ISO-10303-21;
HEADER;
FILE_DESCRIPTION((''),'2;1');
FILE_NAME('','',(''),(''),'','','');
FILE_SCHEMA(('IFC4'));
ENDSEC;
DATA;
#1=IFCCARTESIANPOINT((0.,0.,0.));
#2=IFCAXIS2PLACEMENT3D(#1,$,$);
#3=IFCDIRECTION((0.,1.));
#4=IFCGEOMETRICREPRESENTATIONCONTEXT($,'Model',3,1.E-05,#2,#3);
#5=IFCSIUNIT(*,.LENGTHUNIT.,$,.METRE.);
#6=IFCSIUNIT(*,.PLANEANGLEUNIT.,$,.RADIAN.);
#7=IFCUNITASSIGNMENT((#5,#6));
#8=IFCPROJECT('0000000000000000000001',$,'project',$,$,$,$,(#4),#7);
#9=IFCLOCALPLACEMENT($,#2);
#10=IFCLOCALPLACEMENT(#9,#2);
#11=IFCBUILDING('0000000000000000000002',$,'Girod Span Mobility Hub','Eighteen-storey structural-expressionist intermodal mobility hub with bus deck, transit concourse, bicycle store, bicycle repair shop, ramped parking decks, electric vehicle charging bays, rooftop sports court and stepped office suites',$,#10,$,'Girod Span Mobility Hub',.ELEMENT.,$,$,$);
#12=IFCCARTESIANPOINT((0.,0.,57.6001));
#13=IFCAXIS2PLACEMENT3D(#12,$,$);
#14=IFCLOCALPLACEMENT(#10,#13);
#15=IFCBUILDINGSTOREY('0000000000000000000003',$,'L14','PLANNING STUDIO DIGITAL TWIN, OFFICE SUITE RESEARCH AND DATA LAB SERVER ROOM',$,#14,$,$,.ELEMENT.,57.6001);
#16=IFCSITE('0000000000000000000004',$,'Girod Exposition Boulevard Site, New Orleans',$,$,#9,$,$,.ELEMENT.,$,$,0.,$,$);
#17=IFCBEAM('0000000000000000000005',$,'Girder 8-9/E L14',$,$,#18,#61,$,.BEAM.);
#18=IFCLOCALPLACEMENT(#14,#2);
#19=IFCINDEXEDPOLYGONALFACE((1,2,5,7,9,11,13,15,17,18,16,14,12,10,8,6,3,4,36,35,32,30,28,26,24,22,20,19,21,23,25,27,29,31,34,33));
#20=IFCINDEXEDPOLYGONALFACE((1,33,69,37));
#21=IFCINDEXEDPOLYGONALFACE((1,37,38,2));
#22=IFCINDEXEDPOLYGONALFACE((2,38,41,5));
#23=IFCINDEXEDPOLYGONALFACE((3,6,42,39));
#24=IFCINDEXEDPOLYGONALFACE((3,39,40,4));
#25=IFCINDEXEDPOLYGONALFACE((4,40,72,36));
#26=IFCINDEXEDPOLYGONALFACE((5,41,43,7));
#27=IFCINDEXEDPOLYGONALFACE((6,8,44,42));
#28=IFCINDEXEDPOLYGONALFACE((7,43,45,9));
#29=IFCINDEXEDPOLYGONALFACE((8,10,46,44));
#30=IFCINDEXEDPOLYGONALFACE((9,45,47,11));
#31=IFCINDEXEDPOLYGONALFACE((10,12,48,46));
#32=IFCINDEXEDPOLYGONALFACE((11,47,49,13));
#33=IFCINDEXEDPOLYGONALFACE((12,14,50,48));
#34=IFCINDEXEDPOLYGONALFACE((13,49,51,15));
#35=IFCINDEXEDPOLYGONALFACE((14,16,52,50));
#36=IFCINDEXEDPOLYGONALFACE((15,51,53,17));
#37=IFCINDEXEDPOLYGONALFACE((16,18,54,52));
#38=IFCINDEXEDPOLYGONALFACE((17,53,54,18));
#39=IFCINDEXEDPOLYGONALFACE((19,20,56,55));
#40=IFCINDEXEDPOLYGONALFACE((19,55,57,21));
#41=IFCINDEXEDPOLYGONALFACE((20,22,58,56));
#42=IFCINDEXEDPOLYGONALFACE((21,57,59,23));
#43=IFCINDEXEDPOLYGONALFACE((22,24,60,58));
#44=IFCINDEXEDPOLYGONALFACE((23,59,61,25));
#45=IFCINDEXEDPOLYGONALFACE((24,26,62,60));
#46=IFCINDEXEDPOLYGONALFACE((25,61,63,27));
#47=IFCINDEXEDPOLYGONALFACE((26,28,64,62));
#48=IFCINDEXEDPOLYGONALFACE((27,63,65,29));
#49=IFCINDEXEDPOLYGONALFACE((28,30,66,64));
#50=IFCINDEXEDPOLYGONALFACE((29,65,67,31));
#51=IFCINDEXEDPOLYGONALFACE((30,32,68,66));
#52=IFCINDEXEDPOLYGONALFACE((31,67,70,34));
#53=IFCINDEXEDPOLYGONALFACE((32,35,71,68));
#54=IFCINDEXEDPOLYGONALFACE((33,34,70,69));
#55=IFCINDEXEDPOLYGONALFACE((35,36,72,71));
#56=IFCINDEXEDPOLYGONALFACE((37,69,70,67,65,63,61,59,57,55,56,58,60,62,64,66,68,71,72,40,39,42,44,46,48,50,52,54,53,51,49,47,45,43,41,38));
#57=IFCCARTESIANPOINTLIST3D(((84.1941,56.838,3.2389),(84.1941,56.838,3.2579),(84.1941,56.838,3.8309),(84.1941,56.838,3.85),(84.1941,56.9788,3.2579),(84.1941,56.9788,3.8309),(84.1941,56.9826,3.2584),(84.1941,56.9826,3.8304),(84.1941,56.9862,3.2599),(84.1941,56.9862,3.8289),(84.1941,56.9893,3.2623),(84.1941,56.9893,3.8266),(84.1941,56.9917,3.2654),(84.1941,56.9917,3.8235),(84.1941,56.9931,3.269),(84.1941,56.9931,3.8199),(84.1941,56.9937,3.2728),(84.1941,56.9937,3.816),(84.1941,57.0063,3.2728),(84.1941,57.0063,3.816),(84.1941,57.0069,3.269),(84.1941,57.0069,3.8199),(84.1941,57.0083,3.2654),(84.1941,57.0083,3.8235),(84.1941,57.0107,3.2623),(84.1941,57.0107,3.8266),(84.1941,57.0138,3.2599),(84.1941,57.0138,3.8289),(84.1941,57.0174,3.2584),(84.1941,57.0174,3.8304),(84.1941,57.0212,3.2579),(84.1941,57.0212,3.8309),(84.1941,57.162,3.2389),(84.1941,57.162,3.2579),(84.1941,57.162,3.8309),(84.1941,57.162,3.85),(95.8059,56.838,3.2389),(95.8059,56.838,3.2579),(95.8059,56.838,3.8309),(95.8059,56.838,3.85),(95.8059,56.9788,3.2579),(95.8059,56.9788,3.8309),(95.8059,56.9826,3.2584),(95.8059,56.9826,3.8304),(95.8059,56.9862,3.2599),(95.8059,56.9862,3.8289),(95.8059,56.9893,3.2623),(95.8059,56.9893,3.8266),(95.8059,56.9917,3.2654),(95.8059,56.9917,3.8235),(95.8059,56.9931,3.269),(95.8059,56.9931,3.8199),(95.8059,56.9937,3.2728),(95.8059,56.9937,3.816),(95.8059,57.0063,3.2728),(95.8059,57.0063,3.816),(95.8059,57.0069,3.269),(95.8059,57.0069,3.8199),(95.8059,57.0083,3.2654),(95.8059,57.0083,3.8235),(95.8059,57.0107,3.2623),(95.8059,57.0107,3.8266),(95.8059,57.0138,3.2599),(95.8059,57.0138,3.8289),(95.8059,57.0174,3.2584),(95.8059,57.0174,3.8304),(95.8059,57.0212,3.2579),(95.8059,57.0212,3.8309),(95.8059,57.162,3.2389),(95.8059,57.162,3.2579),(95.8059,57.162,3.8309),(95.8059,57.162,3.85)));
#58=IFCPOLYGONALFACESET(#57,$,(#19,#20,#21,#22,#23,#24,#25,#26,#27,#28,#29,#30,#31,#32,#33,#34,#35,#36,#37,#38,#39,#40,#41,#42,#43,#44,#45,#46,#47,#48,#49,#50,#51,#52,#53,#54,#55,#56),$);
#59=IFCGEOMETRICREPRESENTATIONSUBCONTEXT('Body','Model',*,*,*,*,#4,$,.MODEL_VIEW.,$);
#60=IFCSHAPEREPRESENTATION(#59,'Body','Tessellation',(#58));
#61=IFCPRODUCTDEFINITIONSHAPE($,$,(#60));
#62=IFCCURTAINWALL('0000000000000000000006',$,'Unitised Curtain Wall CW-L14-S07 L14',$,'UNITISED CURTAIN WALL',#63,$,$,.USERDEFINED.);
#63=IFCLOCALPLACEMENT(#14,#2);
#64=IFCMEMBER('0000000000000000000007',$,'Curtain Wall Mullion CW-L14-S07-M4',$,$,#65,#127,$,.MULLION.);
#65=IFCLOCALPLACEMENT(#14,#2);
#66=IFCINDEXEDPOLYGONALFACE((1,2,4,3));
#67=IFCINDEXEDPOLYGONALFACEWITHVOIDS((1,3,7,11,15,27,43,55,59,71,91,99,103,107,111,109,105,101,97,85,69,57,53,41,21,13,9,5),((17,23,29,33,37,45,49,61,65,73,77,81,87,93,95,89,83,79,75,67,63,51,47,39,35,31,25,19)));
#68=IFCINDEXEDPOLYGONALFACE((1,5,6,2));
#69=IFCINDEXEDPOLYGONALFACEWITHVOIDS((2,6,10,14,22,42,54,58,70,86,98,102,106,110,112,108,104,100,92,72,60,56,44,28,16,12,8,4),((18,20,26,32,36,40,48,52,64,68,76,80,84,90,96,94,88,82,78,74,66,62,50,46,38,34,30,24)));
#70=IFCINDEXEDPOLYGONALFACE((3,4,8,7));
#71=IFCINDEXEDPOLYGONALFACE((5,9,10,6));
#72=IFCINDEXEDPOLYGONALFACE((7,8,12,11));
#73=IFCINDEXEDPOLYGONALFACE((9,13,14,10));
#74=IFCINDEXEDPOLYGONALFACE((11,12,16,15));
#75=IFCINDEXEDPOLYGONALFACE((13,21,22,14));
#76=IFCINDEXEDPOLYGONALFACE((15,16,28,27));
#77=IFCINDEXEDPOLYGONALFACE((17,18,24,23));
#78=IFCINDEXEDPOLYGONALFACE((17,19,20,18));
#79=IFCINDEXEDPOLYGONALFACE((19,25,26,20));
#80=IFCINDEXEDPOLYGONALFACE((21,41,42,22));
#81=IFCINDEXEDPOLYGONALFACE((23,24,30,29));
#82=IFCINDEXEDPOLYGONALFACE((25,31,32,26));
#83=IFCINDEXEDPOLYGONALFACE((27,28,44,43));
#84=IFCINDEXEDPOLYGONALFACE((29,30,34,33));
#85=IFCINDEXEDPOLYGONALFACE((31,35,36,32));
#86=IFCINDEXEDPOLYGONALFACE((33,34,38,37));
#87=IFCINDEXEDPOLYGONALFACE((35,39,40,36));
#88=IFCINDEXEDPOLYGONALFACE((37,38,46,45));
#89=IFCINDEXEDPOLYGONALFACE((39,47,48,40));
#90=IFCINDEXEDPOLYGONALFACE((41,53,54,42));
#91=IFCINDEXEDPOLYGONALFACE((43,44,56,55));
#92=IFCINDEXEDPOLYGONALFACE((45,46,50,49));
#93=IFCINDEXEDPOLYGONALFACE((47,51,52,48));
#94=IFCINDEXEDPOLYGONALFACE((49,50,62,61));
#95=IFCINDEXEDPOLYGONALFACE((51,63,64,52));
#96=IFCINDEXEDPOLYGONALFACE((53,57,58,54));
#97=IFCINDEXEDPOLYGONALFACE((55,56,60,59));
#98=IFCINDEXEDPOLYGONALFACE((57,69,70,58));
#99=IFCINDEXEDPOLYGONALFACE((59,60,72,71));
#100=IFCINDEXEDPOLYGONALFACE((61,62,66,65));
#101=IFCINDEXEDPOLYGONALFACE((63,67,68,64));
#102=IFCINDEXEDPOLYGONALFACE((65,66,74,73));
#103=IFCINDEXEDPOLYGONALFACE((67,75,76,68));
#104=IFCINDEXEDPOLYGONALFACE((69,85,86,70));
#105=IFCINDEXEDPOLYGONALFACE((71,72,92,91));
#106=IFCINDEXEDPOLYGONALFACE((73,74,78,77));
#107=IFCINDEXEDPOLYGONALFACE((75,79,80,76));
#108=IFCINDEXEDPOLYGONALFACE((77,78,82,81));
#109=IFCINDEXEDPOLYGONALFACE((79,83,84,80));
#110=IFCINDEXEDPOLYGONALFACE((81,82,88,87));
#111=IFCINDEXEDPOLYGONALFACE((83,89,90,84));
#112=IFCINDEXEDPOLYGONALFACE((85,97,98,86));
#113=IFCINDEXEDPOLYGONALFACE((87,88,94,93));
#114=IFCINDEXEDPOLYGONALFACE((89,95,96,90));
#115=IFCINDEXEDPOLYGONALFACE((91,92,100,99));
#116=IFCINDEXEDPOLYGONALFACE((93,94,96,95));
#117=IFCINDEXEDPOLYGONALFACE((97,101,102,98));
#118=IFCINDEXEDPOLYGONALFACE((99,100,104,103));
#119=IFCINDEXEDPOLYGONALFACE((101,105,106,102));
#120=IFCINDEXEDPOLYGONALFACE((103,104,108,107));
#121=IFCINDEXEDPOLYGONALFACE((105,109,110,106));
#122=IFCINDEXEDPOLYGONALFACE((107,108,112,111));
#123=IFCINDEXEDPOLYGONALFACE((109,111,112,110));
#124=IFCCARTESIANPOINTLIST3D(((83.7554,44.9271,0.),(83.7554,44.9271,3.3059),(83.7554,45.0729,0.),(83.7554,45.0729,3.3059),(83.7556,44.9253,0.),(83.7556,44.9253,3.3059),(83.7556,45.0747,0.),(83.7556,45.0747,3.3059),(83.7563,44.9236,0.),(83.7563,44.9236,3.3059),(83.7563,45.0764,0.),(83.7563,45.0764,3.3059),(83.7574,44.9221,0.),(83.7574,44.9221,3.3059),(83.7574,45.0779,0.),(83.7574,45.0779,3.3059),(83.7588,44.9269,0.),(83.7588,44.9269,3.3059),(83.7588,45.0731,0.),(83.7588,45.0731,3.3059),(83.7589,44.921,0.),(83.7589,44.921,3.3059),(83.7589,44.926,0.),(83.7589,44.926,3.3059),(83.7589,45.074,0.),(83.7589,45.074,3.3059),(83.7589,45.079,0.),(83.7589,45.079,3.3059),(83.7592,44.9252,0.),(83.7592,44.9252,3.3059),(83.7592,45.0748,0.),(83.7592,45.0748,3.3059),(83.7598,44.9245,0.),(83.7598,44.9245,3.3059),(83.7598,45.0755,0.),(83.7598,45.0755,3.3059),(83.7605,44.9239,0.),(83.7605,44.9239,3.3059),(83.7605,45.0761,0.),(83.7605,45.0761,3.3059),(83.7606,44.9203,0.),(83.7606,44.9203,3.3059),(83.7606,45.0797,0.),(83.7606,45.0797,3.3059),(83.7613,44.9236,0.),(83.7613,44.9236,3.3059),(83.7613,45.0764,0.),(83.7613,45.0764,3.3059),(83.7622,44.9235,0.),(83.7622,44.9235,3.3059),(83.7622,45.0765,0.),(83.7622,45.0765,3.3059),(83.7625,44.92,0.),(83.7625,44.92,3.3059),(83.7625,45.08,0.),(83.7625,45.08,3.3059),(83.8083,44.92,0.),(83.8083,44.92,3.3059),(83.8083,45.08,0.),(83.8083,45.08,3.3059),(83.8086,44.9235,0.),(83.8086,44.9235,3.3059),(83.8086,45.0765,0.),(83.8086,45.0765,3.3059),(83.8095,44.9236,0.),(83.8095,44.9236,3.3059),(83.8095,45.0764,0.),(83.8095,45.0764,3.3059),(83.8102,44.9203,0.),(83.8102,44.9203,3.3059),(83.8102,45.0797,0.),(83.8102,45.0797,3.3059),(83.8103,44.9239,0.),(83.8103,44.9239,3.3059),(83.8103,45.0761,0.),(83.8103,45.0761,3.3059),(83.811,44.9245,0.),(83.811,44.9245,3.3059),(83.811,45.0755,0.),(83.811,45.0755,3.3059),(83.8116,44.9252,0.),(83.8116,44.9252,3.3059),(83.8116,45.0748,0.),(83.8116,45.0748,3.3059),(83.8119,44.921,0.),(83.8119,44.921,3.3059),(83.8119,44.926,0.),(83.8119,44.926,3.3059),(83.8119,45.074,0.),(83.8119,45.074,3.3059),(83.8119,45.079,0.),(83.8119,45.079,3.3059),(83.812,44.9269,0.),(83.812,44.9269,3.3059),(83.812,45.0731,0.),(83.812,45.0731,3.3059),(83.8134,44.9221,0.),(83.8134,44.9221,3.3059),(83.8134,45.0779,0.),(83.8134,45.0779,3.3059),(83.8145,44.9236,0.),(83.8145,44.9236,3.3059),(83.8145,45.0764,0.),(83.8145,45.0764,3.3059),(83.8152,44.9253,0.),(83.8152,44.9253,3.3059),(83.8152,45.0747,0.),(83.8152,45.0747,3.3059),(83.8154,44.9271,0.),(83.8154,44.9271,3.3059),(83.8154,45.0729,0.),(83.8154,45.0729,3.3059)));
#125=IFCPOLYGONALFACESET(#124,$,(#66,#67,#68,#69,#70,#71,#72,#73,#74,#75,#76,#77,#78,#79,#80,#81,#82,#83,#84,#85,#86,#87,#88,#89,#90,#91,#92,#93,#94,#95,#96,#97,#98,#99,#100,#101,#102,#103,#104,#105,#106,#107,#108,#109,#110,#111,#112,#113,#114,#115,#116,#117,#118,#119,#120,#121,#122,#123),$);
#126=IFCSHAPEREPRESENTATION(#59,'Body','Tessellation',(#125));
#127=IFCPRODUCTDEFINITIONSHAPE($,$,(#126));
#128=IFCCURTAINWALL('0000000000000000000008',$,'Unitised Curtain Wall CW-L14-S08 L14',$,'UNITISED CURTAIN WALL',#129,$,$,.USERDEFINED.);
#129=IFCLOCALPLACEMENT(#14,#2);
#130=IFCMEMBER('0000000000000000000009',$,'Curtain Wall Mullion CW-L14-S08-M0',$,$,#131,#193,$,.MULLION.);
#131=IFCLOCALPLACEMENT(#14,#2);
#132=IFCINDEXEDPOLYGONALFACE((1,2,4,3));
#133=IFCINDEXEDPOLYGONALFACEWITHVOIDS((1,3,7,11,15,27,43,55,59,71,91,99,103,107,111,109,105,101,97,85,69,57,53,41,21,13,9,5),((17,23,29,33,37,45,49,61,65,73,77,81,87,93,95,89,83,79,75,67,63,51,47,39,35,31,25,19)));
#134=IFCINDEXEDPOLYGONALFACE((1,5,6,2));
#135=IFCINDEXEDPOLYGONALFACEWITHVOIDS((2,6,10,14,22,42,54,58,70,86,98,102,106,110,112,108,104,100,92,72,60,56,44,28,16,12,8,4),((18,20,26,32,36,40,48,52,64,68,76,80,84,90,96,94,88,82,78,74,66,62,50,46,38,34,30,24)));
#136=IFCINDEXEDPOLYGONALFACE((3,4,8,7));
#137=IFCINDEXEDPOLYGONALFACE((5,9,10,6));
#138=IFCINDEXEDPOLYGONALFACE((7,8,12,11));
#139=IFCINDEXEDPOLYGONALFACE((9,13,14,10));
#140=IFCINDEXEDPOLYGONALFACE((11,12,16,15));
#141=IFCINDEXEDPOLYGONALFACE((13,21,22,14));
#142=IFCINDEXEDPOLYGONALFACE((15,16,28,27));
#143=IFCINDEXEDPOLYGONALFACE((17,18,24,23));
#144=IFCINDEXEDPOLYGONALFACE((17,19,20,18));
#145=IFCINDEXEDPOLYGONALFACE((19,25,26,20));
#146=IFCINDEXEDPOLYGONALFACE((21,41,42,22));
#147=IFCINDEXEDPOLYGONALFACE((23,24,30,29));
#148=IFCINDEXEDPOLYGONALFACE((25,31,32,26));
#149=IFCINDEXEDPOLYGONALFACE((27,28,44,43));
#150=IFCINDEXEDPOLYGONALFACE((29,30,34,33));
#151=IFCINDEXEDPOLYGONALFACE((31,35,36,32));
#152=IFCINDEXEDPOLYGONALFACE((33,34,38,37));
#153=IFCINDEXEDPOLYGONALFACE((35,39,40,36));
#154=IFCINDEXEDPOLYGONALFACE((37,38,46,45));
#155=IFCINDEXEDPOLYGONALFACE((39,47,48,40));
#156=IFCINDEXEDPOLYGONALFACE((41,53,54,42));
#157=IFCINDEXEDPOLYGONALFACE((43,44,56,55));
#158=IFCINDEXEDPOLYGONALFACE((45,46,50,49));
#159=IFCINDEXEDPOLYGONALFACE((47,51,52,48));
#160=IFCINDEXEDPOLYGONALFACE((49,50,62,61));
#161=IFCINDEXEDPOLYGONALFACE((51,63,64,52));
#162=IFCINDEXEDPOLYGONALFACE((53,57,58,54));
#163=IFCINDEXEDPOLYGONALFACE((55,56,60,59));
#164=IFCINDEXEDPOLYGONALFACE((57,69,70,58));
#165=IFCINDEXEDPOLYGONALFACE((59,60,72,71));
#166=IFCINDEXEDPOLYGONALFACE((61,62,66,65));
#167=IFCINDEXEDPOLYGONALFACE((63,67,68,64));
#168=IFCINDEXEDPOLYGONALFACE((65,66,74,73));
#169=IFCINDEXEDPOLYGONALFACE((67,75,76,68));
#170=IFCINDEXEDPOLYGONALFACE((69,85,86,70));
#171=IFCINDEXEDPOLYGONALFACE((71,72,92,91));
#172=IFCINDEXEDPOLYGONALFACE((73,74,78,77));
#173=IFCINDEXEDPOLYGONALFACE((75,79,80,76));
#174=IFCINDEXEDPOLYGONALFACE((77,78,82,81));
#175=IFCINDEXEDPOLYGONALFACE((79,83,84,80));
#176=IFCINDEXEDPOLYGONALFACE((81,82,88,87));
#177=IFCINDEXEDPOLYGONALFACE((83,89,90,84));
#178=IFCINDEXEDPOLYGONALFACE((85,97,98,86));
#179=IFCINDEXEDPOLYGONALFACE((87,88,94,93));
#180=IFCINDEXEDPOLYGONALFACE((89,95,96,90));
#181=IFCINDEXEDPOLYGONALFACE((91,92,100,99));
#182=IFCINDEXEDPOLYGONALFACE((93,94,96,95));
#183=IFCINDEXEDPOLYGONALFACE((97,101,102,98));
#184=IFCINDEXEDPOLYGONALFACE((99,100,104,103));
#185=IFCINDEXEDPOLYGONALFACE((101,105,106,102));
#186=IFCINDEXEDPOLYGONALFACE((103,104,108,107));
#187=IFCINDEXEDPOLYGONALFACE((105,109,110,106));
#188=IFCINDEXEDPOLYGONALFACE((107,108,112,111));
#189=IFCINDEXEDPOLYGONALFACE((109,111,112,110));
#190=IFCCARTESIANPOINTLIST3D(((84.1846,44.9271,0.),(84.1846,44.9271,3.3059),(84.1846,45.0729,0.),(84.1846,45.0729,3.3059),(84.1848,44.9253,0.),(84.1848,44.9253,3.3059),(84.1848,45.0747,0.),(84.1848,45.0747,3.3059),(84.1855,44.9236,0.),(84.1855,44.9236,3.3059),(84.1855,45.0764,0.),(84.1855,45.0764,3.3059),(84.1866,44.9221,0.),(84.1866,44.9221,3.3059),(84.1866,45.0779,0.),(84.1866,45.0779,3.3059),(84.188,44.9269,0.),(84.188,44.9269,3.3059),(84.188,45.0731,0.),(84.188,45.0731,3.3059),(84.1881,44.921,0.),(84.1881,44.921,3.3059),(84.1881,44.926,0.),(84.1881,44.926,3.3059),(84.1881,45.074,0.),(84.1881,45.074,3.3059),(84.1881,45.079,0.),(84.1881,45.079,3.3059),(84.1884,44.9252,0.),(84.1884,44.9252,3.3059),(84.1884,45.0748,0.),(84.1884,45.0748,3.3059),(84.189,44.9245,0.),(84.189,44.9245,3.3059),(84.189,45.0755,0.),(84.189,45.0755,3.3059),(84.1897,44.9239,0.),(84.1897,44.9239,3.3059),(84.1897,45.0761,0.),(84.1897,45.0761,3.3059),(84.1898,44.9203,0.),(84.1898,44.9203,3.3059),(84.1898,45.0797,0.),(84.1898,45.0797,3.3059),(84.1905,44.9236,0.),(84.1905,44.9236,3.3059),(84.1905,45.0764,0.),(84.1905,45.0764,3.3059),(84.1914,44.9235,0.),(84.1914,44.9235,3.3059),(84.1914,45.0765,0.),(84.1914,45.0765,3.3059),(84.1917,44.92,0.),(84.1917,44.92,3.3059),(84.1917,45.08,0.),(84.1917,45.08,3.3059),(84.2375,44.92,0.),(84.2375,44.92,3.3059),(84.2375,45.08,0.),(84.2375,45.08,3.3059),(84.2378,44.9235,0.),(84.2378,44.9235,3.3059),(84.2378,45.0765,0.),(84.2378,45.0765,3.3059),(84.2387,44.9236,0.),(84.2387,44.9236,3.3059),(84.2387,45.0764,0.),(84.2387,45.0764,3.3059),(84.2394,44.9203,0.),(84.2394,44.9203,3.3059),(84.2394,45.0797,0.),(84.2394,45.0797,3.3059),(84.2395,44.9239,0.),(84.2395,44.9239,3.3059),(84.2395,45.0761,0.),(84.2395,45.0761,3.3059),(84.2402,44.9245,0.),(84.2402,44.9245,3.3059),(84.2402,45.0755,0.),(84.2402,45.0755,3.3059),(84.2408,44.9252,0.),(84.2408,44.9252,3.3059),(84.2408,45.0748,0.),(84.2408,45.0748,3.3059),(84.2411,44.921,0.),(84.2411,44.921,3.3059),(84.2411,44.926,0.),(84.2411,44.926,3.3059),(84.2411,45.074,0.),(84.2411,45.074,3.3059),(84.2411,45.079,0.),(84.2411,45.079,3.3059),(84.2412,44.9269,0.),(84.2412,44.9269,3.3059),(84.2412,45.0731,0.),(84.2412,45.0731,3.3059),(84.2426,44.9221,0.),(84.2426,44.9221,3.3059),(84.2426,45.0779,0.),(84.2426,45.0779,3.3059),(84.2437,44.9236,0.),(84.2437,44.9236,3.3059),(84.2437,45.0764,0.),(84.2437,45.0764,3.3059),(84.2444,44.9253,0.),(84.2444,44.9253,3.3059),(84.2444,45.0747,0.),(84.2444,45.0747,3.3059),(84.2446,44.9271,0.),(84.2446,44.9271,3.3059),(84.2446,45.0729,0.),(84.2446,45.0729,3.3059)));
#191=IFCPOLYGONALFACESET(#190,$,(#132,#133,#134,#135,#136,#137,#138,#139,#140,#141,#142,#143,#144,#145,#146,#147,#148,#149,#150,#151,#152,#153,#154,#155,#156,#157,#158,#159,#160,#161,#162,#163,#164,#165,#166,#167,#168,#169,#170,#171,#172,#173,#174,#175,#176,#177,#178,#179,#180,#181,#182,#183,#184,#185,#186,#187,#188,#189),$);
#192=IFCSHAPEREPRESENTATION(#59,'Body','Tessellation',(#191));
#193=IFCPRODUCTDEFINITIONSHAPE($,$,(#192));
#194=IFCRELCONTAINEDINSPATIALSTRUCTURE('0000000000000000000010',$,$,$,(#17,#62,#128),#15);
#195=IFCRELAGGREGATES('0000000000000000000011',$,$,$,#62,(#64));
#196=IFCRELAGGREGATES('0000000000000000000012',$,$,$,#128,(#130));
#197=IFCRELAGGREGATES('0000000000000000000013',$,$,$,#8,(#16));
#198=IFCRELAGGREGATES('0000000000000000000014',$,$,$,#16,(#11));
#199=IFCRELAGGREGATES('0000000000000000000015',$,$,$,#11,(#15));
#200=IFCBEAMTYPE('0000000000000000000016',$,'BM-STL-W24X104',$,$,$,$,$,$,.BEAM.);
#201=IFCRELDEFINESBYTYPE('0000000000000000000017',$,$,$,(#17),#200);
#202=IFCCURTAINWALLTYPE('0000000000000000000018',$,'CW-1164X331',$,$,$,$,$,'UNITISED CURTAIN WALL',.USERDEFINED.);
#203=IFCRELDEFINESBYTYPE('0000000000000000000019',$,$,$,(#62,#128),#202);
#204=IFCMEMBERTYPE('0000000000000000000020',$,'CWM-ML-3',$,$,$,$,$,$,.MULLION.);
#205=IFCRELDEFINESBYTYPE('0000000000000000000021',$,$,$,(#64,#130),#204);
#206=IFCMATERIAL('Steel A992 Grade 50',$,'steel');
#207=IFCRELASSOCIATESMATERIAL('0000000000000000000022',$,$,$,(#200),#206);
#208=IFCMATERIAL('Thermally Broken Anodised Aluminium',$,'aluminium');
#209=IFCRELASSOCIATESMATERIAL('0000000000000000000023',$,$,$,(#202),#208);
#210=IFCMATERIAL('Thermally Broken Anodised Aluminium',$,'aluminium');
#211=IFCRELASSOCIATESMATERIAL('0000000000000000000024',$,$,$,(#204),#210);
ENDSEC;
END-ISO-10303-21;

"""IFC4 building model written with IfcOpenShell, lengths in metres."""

from ifc_helpers import new_model, si_unit, direction, frame, origin, origin_2d, place, context, subcontext, project, spatial, hollow_rectangle, i_section, extrude, material, material_profile, profile_set, type_object, element, aggregate, save


model = new_model("IFC4")

# Units and contexts
model_context = context("Model", 3, precision=1e-05, world=origin(), true_north=direction((0.0, 1.0)))
body_context = subcontext(model_context, "Body", "Model", "MODEL_VIEW")
ifc_project = project(units=[si_unit("LENGTHUNIT", "METRE"), si_unit("PLANEANGLEUNIT", "RADIAN")], contexts=[model_context])

# Site, building, storey
site_placement = place(None, origin())
site = spatial("IfcSite", under=ifc_project, at=site_placement, Name="Girod Exposition Boulevard Site, New Orleans", CompositionType="ELEMENT", RefElevation=0.0)
building_placement = place(site_placement, origin())
building = spatial("IfcBuilding", under=site, at=building_placement, Name="Girod Span Mobility Hub", Description="Eighteen-storey structural-expressionist intermodal mobility hub with bus deck, transit concourse, bicycle store, bicycle repair shop, ramped parking decks, electric vehicle charging bays, rooftop sports court and stepped office suites", LongName="Girod Span Mobility Hub", CompositionType="ELEMENT")
storey_placement = place(building_placement, frame((0.0, 0.0, 57.6001)))
storey = spatial("IfcBuildingStorey", under=building, at=storey_placement, Name="L14", Description="PLANNING STUDIO DIGITAL TWIN, OFFICE SUITE RESEARCH AND DATA LAB SERVER ROOM", CompositionType="ELEMENT", Elevation=57.6001)

# Beam
ifc_material_1 = material(Name="Steel A992 Grade 50", Category="steel")
ifc_material_profile_1 = material_profile(ifc_material_1, i_section(OverallWidth=0.324, OverallDepth=0.6111, WebThickness=0.0127, FlangeThickness=0.019, FilletRadius=0.0149, at=origin_2d()), Name="W24X104")
ifc_profile_set_1 = profile_set([ifc_material_profile_1], Name="Steel A992 Grade 50")
beam_type_1 = type_object("IfcBeamType", Name="BM-STL-W24X104", PredefinedType="BEAM", material=ifc_profile_set_1)
beam_1_placement = place(storey_placement, frame((84.1941, 57.0, 3.5444), z_axis=(1.0, 0.0, 0.0), x_axis=(0.0, 1.0, 0.0)))
element("IfcBeam", 1, at=beam_1_placement, inside=storey, type_object=beam_type_1, Name="Girder 8-9/E L14", PredefinedType="BEAM", context=body_context, shape_type="SweptSolid", body=[
    extrude(i_section(OverallWidth=0.324, OverallDepth=0.6111, WebThickness=0.0127, FlangeThickness=0.019, FilletRadius=0.0149, at=origin_2d()), origin(), (0.0, 0.0, 1.0), 11.6118),
])

# Curtain wall, member
ifc_material_2 = material(Name="Thermally Broken Anodised Aluminium", Category="aluminium")
curtain_wall_type = type_object("IfcCurtainWallType", Name="CW-1164X331", ElementType="UNITISED CURTAIN WALL", PredefinedType="USERDEFINED", material=ifc_material_2)
curtain_wall_1_placement = place(storey_placement, origin())
curtain_wall_1 = element("IfcCurtainWall", 2, at=curtain_wall_1_placement, inside=storey, type_object=curtain_wall_type, Name="Unitised Curtain Wall CW-L14-S07 L14", ObjectType="UNITISED CURTAIN WALL", PredefinedType="USERDEFINED")
ifc_material_3 = material(Name="Thermally Broken Anodised Aluminium", Category="aluminium")
ifc_material_profile_2 = material_profile(ifc_material_3, hollow_rectangle(XDim=0.1599, YDim=0.0601, WallThickness=0.0034, InnerFilletRadius=0.0034, OuterFilletRadius=0.0071, at=origin_2d()), Name="CW-ML-60X160")
ifc_profile_set_2 = profile_set([ifc_material_profile_2], Name="Thermally Broken Anodised Aluminium")
member_type_1 = type_object("IfcMemberType", Name="CWM-ML-3", PredefinedType="MULLION", material=ifc_profile_set_2)
member_1_placement = place(storey_placement, frame((83.7854, 45.0, 0.0), z_axis=(0.0, 0.0, 1.0), x_axis=(0.0, 1.0, 0.0)))
member_1 = element("IfcMember", 3, at=member_1_placement, type_object=member_type_1, Name="Curtain Wall Mullion CW-L14-S07-M4", PredefinedType="MULLION", context=body_context, shape_type="SweptSolid", body=[
    extrude(hollow_rectangle(XDim=0.1599, YDim=0.0601, WallThickness=0.0034, InnerFilletRadius=0.0034, OuterFilletRadius=0.0071, at=origin_2d()), origin(), (0.0, 0.0, 1.0), 3.3059),
])

# Curtain wall, member
curtain_wall_2_placement = place(storey_placement, origin())
curtain_wall_2 = element("IfcCurtainWall", 4, at=curtain_wall_2_placement, inside=storey, type_object=curtain_wall_type, Name="Unitised Curtain Wall CW-L14-S08 L14", ObjectType="UNITISED CURTAIN WALL", PredefinedType="USERDEFINED")
member_2_placement = place(storey_placement, frame((84.2146, 45.0, 0.0), z_axis=(0.0, 0.0, 1.0), x_axis=(0.0, 1.0, 0.0)))
member_2 = element("IfcMember", 5, at=member_2_placement, type_object=member_type_1, Name="Curtain Wall Mullion CW-L14-S08-M0", PredefinedType="MULLION", context=body_context, shape_type="SweptSolid", body=[
    extrude(hollow_rectangle(XDim=0.1599, YDim=0.0601, WallThickness=0.0034, InnerFilletRadius=0.0034, OuterFilletRadius=0.0071, at=origin_2d()), origin(), (0.0, 0.0, 1.0), 3.3059),
])

aggregate(curtain_wall_1, [member_1])
aggregate(curtain_wall_2, [member_2])

save(model, "model.ifc")
